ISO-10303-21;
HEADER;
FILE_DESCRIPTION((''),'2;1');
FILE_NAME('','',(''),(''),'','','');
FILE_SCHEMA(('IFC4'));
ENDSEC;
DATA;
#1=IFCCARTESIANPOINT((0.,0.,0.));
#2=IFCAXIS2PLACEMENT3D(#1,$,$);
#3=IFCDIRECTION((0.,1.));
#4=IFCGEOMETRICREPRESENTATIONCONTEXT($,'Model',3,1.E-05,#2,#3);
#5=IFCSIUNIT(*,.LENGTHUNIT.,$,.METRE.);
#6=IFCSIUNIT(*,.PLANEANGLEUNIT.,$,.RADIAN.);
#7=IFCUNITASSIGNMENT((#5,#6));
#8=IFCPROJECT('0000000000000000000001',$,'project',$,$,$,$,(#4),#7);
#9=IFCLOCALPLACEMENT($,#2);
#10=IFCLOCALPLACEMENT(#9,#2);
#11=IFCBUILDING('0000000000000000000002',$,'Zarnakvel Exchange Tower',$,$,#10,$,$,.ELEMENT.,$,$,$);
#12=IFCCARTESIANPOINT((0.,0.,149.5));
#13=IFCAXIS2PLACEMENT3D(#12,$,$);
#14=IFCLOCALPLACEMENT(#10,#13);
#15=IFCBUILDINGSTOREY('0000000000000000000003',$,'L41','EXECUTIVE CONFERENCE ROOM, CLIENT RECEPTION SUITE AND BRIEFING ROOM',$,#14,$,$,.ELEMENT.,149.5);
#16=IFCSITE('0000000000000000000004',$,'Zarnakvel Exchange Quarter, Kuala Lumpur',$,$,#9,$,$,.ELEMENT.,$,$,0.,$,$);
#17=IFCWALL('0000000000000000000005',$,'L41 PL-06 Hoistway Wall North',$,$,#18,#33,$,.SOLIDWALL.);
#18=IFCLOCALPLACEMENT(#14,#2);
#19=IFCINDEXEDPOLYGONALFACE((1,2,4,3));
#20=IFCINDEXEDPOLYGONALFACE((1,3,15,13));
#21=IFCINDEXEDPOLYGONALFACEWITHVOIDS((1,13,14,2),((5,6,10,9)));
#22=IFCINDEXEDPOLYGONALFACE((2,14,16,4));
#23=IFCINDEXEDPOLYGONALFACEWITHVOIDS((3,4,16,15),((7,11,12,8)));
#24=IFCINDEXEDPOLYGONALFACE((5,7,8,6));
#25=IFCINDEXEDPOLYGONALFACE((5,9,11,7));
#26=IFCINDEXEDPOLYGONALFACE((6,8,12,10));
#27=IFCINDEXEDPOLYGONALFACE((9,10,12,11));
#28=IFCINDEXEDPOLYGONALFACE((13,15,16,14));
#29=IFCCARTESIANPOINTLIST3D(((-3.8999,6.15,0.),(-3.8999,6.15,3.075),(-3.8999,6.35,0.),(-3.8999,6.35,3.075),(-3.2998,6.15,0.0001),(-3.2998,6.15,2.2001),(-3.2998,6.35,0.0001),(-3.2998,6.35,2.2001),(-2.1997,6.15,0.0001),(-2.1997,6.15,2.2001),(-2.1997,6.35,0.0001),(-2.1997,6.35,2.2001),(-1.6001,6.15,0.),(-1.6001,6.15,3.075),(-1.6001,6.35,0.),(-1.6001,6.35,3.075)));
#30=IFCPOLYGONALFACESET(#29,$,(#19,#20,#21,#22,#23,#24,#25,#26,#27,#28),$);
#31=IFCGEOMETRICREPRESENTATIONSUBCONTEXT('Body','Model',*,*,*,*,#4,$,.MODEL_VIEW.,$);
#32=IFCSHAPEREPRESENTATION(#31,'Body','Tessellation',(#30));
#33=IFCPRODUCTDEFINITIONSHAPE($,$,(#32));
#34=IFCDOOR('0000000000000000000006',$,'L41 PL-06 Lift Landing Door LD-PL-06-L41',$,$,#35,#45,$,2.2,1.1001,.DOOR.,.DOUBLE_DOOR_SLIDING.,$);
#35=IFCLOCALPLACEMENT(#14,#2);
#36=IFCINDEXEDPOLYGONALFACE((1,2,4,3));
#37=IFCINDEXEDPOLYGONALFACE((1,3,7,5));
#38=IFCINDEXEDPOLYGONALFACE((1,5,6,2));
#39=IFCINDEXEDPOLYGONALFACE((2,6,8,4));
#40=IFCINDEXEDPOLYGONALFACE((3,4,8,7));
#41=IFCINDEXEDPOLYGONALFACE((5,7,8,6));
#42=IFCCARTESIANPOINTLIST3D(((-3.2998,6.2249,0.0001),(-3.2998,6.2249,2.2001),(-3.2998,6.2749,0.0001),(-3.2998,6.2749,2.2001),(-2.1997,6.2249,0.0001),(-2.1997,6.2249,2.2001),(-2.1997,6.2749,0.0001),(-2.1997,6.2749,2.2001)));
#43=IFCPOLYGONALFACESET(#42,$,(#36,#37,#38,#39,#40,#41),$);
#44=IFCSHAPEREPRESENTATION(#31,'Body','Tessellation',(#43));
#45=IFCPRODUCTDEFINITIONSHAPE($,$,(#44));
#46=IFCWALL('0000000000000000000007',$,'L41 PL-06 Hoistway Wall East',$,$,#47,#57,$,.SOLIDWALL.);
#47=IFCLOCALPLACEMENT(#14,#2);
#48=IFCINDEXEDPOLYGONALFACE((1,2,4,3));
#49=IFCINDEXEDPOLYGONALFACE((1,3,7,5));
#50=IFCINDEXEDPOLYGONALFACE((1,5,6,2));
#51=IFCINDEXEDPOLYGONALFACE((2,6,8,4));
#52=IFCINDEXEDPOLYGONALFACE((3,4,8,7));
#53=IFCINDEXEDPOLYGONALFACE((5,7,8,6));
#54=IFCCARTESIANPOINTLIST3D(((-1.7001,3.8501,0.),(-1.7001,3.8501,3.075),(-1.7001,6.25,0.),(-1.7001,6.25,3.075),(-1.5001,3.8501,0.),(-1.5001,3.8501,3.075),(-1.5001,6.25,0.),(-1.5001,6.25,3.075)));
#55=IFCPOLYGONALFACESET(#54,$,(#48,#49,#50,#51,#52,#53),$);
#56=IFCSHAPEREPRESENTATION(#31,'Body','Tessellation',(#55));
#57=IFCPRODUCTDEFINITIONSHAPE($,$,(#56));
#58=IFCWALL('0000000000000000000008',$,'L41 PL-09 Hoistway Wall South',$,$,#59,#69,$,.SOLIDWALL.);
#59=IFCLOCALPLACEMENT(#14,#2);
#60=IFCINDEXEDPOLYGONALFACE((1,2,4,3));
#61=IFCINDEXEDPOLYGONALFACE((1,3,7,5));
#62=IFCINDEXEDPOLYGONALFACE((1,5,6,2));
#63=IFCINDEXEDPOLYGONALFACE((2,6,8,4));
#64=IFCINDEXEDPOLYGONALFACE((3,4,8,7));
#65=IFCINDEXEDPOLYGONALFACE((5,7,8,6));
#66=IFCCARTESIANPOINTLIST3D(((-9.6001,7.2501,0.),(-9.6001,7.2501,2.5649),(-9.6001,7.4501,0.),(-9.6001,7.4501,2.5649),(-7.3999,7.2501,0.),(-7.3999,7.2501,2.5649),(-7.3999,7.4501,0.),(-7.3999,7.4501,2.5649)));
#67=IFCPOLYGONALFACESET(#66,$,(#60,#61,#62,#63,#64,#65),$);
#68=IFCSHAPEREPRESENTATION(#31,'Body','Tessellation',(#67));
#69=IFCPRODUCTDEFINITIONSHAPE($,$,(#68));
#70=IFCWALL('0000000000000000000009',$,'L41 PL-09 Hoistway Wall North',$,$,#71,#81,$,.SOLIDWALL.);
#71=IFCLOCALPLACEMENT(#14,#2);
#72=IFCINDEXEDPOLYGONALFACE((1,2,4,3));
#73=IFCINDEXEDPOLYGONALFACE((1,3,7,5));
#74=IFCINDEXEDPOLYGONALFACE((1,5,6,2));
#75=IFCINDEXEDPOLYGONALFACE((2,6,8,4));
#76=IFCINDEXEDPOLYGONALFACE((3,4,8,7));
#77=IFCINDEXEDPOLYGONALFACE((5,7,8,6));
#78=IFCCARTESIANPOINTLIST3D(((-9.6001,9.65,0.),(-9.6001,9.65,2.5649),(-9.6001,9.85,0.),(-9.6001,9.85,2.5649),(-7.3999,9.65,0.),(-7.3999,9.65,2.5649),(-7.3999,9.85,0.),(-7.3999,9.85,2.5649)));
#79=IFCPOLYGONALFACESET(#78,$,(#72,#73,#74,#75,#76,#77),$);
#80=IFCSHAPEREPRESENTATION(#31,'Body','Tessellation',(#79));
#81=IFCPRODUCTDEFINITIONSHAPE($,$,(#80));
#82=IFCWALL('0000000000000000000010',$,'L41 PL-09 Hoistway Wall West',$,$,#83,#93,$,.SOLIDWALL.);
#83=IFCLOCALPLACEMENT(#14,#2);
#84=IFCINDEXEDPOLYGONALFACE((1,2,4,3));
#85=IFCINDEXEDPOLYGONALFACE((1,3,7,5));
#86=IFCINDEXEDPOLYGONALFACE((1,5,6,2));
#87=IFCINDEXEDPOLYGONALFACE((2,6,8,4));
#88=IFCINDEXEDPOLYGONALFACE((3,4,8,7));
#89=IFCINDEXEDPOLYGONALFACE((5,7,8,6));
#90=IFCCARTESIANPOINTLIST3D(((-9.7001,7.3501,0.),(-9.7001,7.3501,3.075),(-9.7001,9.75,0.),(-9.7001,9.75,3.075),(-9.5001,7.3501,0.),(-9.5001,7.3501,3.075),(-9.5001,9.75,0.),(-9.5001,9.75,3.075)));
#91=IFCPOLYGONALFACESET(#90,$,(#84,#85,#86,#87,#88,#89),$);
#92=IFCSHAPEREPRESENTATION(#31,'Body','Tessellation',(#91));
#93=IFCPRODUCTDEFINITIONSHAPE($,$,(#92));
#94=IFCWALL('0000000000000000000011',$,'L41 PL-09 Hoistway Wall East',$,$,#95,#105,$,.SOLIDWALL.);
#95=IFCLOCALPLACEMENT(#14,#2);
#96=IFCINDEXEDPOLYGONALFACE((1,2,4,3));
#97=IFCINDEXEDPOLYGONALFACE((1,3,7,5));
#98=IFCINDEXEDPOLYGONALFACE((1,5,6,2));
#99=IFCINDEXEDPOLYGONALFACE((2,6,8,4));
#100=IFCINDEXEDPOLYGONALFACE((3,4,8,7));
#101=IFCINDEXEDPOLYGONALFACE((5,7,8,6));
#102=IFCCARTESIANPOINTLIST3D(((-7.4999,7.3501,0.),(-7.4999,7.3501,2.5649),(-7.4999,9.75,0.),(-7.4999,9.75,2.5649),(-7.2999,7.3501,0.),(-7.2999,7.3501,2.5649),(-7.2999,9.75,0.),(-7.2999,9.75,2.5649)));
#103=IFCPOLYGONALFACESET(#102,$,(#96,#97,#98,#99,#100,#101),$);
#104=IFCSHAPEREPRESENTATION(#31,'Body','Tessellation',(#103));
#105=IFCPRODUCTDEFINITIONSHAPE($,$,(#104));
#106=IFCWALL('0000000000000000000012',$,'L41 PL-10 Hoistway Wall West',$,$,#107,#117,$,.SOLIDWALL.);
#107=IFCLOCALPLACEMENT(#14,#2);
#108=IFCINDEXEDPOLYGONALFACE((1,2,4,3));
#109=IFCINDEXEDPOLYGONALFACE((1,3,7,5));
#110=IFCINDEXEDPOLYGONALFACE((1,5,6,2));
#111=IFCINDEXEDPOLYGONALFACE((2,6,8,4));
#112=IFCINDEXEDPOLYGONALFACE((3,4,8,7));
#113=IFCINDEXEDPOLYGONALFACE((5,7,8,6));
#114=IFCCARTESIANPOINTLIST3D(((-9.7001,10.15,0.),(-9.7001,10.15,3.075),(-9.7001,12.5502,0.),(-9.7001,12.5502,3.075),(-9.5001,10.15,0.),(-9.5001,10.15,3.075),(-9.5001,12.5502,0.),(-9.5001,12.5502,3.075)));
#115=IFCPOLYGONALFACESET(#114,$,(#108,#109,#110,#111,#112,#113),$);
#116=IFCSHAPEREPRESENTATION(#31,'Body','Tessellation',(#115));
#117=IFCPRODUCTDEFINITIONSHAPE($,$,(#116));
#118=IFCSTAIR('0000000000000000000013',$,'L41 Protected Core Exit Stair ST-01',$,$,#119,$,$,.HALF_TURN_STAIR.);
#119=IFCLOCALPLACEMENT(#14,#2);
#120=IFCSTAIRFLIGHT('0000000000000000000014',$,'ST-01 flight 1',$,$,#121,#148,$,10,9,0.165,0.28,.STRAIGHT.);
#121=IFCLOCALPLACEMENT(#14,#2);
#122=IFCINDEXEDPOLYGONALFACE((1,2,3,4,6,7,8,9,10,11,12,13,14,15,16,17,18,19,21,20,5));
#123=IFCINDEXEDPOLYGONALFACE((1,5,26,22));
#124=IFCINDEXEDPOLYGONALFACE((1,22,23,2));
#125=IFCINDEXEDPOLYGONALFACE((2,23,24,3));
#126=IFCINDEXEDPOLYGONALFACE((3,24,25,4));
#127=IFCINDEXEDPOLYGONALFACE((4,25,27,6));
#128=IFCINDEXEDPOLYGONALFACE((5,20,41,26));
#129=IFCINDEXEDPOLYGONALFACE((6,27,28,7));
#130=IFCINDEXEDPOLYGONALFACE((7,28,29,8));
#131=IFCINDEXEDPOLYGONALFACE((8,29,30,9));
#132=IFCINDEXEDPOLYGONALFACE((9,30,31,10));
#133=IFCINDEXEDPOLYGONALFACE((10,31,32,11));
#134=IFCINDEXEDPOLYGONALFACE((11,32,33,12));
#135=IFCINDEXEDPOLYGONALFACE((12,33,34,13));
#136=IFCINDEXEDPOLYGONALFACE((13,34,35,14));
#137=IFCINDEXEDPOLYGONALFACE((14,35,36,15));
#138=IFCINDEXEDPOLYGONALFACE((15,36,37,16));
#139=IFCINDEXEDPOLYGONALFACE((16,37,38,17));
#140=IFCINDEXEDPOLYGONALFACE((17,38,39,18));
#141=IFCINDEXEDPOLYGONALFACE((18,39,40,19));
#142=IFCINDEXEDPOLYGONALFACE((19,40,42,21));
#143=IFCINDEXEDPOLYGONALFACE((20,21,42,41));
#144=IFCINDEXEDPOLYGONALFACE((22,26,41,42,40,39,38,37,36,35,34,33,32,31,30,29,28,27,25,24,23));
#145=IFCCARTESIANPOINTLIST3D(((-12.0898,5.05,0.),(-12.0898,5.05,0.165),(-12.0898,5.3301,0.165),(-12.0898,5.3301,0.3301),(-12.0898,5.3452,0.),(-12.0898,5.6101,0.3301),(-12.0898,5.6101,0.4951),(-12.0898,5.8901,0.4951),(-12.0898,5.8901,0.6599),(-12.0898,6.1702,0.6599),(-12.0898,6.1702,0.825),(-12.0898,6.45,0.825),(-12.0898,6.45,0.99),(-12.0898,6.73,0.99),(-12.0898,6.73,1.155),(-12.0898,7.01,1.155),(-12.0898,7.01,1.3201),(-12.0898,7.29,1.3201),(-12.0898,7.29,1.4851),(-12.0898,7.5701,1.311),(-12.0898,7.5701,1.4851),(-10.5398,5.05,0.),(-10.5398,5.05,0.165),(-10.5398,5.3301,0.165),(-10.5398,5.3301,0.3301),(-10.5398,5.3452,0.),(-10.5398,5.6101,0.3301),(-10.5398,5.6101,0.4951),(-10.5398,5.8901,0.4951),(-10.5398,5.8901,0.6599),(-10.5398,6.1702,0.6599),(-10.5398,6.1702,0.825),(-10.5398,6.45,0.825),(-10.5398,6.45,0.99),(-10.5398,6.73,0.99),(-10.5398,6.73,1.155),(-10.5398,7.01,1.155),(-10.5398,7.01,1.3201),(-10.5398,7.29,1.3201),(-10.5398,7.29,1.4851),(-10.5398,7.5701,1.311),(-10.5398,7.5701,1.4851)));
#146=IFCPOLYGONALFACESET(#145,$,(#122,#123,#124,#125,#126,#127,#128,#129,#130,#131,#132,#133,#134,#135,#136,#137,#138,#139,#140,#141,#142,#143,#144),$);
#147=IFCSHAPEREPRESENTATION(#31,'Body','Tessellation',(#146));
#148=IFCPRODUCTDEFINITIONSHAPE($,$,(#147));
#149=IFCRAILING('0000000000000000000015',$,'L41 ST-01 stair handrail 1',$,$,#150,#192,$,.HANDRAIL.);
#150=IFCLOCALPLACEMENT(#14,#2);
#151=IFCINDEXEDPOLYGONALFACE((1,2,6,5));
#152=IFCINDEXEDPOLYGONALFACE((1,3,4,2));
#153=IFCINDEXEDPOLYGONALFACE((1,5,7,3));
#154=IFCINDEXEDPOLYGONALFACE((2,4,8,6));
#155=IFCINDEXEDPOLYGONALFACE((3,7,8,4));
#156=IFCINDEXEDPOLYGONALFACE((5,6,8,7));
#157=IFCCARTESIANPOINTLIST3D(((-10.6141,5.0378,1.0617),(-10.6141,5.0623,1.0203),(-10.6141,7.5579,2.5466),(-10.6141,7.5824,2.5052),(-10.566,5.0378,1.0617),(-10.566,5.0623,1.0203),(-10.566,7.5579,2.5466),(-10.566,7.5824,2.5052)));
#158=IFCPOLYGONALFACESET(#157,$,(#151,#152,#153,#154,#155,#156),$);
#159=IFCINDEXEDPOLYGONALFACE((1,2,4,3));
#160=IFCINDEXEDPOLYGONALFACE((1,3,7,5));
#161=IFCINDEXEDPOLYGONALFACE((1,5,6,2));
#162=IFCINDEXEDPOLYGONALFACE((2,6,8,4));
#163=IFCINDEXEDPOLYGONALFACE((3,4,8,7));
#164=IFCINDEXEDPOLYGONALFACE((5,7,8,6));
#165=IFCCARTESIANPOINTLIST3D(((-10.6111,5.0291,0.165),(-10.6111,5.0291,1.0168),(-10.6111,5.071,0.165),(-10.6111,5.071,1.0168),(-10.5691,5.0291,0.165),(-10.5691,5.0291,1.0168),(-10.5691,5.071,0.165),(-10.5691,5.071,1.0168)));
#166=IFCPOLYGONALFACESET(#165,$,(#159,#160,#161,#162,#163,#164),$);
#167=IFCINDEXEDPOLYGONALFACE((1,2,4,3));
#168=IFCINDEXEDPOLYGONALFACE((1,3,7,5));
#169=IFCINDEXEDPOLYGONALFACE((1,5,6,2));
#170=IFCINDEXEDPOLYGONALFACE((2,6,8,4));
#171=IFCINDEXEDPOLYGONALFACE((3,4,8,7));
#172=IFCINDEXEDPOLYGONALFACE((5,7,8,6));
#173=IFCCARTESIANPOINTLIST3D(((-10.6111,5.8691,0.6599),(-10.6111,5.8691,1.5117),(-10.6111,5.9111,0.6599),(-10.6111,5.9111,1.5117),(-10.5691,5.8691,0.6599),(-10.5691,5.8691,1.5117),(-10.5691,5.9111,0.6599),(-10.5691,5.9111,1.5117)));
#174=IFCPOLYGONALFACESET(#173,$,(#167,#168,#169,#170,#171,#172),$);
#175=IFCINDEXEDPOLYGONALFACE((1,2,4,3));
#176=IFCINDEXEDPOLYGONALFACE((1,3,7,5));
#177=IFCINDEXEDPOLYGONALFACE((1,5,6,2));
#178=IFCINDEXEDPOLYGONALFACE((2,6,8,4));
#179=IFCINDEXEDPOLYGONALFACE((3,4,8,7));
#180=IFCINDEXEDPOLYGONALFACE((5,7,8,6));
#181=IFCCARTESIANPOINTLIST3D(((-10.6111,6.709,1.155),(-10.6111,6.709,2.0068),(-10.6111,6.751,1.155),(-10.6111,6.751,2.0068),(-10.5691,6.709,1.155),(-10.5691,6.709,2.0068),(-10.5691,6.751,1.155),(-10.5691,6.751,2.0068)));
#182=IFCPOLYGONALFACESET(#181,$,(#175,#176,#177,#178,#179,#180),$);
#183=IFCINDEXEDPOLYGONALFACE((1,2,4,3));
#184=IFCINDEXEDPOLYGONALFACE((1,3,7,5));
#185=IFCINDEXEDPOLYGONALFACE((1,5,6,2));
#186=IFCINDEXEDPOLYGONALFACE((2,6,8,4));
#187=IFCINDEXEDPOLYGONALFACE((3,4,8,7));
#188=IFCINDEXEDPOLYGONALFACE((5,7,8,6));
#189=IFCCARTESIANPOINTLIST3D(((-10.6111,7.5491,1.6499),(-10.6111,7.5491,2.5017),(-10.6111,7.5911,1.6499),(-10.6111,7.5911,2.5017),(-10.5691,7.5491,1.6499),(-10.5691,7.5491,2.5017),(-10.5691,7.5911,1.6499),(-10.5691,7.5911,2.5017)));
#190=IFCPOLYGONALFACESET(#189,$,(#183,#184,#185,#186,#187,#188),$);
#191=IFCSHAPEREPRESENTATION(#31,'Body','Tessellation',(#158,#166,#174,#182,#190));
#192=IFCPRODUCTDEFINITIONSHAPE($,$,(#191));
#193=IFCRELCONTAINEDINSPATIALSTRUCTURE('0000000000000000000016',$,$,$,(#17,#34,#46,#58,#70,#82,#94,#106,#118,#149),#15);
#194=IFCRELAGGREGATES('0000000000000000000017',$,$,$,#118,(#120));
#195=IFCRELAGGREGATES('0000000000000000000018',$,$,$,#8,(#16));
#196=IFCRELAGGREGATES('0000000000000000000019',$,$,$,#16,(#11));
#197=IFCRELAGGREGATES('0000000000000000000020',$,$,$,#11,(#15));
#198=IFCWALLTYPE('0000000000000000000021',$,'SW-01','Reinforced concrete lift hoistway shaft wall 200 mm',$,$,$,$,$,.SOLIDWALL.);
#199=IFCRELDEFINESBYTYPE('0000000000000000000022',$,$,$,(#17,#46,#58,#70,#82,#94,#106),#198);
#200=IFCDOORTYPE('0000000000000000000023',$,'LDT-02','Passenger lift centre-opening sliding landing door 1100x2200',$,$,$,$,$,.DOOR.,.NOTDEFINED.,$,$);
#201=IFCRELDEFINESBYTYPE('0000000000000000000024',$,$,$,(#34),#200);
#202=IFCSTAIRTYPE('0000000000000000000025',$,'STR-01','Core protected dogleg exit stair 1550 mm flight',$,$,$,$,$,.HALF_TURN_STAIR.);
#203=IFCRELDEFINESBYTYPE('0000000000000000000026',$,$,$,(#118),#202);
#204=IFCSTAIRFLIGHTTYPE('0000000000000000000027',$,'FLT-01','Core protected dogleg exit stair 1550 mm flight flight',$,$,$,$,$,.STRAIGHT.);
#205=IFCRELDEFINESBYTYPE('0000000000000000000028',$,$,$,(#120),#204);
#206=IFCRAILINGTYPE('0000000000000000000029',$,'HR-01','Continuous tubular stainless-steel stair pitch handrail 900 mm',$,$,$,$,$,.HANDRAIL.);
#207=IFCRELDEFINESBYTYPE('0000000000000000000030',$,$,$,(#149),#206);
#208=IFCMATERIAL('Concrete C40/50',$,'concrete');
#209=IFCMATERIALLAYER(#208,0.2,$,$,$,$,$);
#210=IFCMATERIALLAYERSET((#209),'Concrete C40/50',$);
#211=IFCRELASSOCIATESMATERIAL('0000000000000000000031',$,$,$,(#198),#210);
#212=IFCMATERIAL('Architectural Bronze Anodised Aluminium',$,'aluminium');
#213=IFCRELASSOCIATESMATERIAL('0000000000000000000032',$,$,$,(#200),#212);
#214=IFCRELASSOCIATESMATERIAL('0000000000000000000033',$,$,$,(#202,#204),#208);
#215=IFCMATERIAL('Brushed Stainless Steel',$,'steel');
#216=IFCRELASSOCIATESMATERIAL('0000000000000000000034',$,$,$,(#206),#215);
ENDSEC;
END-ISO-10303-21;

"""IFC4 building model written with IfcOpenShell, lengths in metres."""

from ifc_helpers import new_model, si_unit, direction, frame, frame_2d, origin, origin_2d, place, context, subcontext, project, spatial, polyline, rectangle, outline, extrude, source, transform, mapped, material, layer, layer_set, type_object, element, fill, aggregate, save


model = new_model("IFC4")

# Units and contexts
model_context = context("Model", 3, precision=1e-05, world=origin(), true_north=direction((0.0, 1.0)))
body_context = subcontext(model_context, "Body", "Model", "MODEL_VIEW")
ifc_project = project(units=[si_unit("LENGTHUNIT", "METRE"), si_unit("PLANEANGLEUNIT", "RADIAN")], contexts=[model_context])

# Site, building, storey
site_placement = place(None, origin())
site = spatial("IfcSite", under=ifc_project, at=site_placement, Name="Zarnakvel Exchange Quarter, Kuala Lumpur", CompositionType="ELEMENT", RefElevation=0.0)
building_placement = place(site_placement, origin())
building = spatial("IfcBuilding", under=site, at=building_placement, Name="Zarnakvel Exchange Tower", CompositionType="ELEMENT")
storey_placement = place(building_placement, frame((0.0, 0.0, 149.5)))
storey = spatial("IfcBuildingStorey", under=building, at=storey_placement, Name="L41", Description="EXECUTIVE CONFERENCE ROOM, CLIENT RECEPTION SUITE AND BRIEFING ROOM", CompositionType="ELEMENT", Elevation=149.5)

# Shared definitions
ifc_material_1 = material(Name="Concrete C40/50", Category="concrete")
ifc_layer_1 = layer(ifc_material_1, 0.2)
ifc_layer_set_1 = layer_set([ifc_layer_1], Name="Concrete C40/50")
wall_type_1 = type_object("IfcWallType", Name="SW-01", Description="Reinforced concrete lift hoistway shaft wall 200 mm", PredefinedType="SOLIDWALL", material=ifc_layer_set_1)
ifc_material_2 = material(Name="Brushed Stainless Steel", Category="steel")
shared_shape_1 = source(origin(), body_context, "Body", "SweptSolid", [
    extrude(rectangle(XDim=1.1001, YDim=2.2, at=frame_2d((0.55, 1.1001))), frame((0.0, 0.0249, 0.0), z_axis=(0.0, -1.0, 0.0), x_axis=(1.0, 0.0, 0.0)), (0.0, 0.0, 1.0), 0.05),
])

# Shared definitions
ifc_material_3 = material(Name="Architectural Bronze Anodised Aluminium", Category="aluminium")
door_type_1 = type_object("IfcDoorType", Name="LDT-02", Description="Passenger lift centre-opening sliding landing door 1100x2200", OperationType="NOTDEFINED", PredefinedType="DOOR", material=ifc_material_3)

# Wall, opening, door
wall_1_placement = place(storey_placement, frame((-3.8999, 6.25, 0.0), z_axis=(0.0, 0.0, 1.0), x_axis=(1.0, 0.0, 0.0)))
wall_1 = element("IfcWall", 1, at=wall_1_placement, inside=storey, type_object=wall_type_1, Name="L41 PL-06 Hoistway Wall North", PredefinedType="SOLIDWALL", context=body_context, shape_type="SweptSolid", body=[
    extrude(rectangle(XDim=2.2998, YDim=0.2, at=frame_2d((1.1499, 0.0))), origin(), (0.0, 0.0, 1.0), 3.075),
])
opening_1_placement = place(wall_1_placement, frame((0.6001, 0.0, 0.0)))
opening_1 = element("IfcOpeningElement", 2, at=opening_1_placement, cuts=wall_1, PredefinedType="OPENING", context=body_context, shape_type="SweptSolid", body=[
    extrude(rectangle(XDim=1.1001, YDim=2.2, at=frame_2d((0.55, 1.1001))), frame((0.0, 0.1099, 0.0), z_axis=(0.0, -1.0, 0.0), x_axis=(1.0, 0.0, 0.0)), (0.0, 0.0, 1.0), 0.22),
])
door_1_placement = place(opening_1_placement, origin())
door_1 = element("IfcDoor", 3, at=door_1_placement, inside=storey, type_object=door_type_1, Name="L41 PL-06 Lift Landing Door LD-PL-06-L41", OperationType="DOUBLE_DOOR_SLIDING", OverallHeight=2.2, OverallWidth=1.1001, PredefinedType="DOOR", context=body_context, shape_type="MappedRepresentation", body=[
    mapped(shared_shape_1, transform((0.0, 0.0, 0.0), x_axis=(1.0, 0.0, 0.0), y_axis=(0.0, 1.0, 0.0), z_axis=(0.0, 0.0, 1.0), scale=1.0)),
])
fill(opening_1, door_1)

# Walls
wall_2_placement = place(storey_placement, frame((-1.6001, 6.25, 0.0), z_axis=(0.0, 0.0, 1.0), x_axis=(0.0, -1.0, 0.0)))
element("IfcWall", 4, at=wall_2_placement, inside=storey, type_object=wall_type_1, Name="L41 PL-06 Hoistway Wall East", PredefinedType="SOLIDWALL", context=body_context, shape_type="SweptSolid", body=[
    extrude(rectangle(XDim=2.3999, YDim=0.2, at=frame_2d((1.2, 0.0))), origin(), (0.0, 0.0, 1.0), 3.075),
])
for number, where, z_axis, x_axis, name in (
    (5, (-7.3999, 7.3501, 0.0), (0.0, 0.0, 1.0), (-1.0, 0.0, 0.0), "L41 PL-09 Hoistway Wall South"),
    (6, (-9.6001, 9.75, 0.0), (0.0, 0.0, 1.0), (1.0, 0.0, 0.0), "L41 PL-09 Hoistway Wall North"),
):
    element("IfcWall", number, at=place(storey_placement, frame(where, z_axis=z_axis, x_axis=x_axis)), inside=storey, type_object=wall_type_1, Name=name, PredefinedType="SOLIDWALL", context=body_context, shape_type="SweptSolid", body=[
        extrude(rectangle(XDim=2.2002, YDim=0.2, at=frame_2d((1.1001, 0.0))), origin(), (0.0, 0.0, 1.0), 2.5649),
    ])
wall_3_placement = place(storey_placement, frame((-9.6001, 7.3501, 0.0), z_axis=(0.0, 0.0, 1.0), x_axis=(0.0, 1.0, 0.0)))
element("IfcWall", 7, at=wall_3_placement, inside=storey, type_object=wall_type_1, Name="L41 PL-09 Hoistway Wall West", PredefinedType="SOLIDWALL", context=body_context, shape_type="SweptSolid", body=[
    extrude(rectangle(XDim=2.3999, YDim=0.2, at=frame_2d((1.2, 0.0))), origin(), (0.0, 0.0, 1.0), 3.075),
])
wall_4_placement = place(storey_placement, frame((-7.3999, 9.75, 0.0), z_axis=(0.0, 0.0, 1.0), x_axis=(0.0, -1.0, 0.0)))
element("IfcWall", 8, at=wall_4_placement, inside=storey, type_object=wall_type_1, Name="L41 PL-09 Hoistway Wall East", PredefinedType="SOLIDWALL", context=body_context, shape_type="SweptSolid", body=[
    extrude(rectangle(XDim=2.3999, YDim=0.2, at=frame_2d((1.2, 0.0))), origin(), (0.0, 0.0, 1.0), 2.5649),
])
wall_5_placement = place(storey_placement, frame((-9.6001, 10.1499, 0.0), z_axis=(0.0, 0.0, 1.0), x_axis=(0.0, 1.0, 0.0)))
element("IfcWall", 9, at=wall_5_placement, inside=storey, type_object=wall_type_1, Name="L41 PL-10 Hoistway Wall West", PredefinedType="SOLIDWALL", context=body_context, shape_type="SweptSolid", body=[
    extrude(rectangle(XDim=2.4001, YDim=0.2, at=frame_2d((1.2002, 0.0))), origin(), (0.0, 0.0, 1.0), 3.075),
])

# Stair, stair flight
stair_type = type_object("IfcStairType", Name="STR-01", Description="Core protected dogleg exit stair 1550 mm flight", PredefinedType="HALF_TURN_STAIR", material=ifc_material_1)
stair_placement = place(storey_placement, origin())
stair = element("IfcStair", 10, at=stair_placement, inside=storey, type_object=stair_type, Name="L41 Protected Core Exit Stair ST-01", PredefinedType="HALF_TURN_STAIR")
stair_flight_type = type_object("IfcStairFlightType", Name="FLT-01", Description="Core protected dogleg exit stair 1550 mm flight flight", PredefinedType="STRAIGHT", material=ifc_material_1)
stair_flight_placement = place(storey_placement, frame((-11.3149, 5.05, 0.0), z_axis=(0.0, 0.0, 1.0), x_axis=(0.0, 1.0, 0.0)))
stair_flight = element("IfcStairFlight", 11, at=stair_flight_placement, type_object=stair_flight_type, Name="ST-01 flight 1", NumberOfRisers=10, NumberOfTreads=9, PredefinedType="STRAIGHT", RiserHeight=0.165, TreadLength=0.28, context=body_context, shape_type="SweptSolid", body=[
    extrude(outline(polyline([(0.0, 0.0), (0.0, 0.165), (0.28, 0.165), (0.28, 0.3301), (0.5601, 0.3301), (0.5601, 0.4951), (0.8401, 0.4951), (0.8401, 0.6599), (1.1201, 0.6599), (1.1201, 0.825), (1.3999, 0.825), (1.3999, 0.99), (1.6799, 0.99), (1.6799, 1.155), (1.96, 1.155), (1.96, 1.3201), (2.24, 1.3201), (2.24, 1.4851), (2.52, 1.4851), (2.52, 1.6499), (2.52, 1.311), (0.2952, 0.0), (0.0, 0.0)])), frame((0.0, 0.7749, 0.0), z_axis=(0.0, -1.0, 0.0), x_axis=(1.0, 0.0, 0.0)), (0.0, 0.0, 1.0), 1.55),
])
aggregate(stair, [stair_flight])

# Railing
railing_type_1 = type_object("IfcRailingType", Name="HR-01", Description="Continuous tubular stainless-steel stair pitch handrail 900 mm", PredefinedType="HANDRAIL", material=ifc_material_2)
railing_1_placement = place(storey_placement, frame((-10.5901, 5.05, 0.165)))
element("IfcRailing", 12, at=railing_1_placement, inside=storey, type_object=railing_type_1, Name="L41 ST-01 stair handrail 1", PredefinedType="HANDRAIL", context=body_context, shape_type="SweptSolid", body=[
    extrude(rectangle(XDim=0.0481, YDim=0.0481, at=origin_2d()), frame((0.0, 0.0, 0.876), z_axis=(0.0, 0.861561, 0.507655), x_axis=(-1.0, 0.0, 0.0)), (0.0, 0.0, 1.0), 2.925),
    extrude(rectangle(XDim=0.042, YDim=0.042, at=origin_2d()), origin(), (0.0, 0.0, 1.0), 0.8518),
    extrude(rectangle(XDim=0.042, YDim=0.042, at=origin_2d()), frame((0.0, 0.8401, 0.4949)), (0.0, 0.0, 1.0), 0.8518),
    extrude(rectangle(XDim=0.042, YDim=0.042, at=origin_2d()), frame((0.0, 1.6799, 0.99)), (0.0, 0.0, 1.0), 0.8518),
    extrude(rectangle(XDim=0.042, YDim=0.042, at=origin_2d()), frame((0.0, 2.52, 1.4849)), (0.0, 0.0, 1.0), 0.8518),
])

save(model, "model.ifc")
